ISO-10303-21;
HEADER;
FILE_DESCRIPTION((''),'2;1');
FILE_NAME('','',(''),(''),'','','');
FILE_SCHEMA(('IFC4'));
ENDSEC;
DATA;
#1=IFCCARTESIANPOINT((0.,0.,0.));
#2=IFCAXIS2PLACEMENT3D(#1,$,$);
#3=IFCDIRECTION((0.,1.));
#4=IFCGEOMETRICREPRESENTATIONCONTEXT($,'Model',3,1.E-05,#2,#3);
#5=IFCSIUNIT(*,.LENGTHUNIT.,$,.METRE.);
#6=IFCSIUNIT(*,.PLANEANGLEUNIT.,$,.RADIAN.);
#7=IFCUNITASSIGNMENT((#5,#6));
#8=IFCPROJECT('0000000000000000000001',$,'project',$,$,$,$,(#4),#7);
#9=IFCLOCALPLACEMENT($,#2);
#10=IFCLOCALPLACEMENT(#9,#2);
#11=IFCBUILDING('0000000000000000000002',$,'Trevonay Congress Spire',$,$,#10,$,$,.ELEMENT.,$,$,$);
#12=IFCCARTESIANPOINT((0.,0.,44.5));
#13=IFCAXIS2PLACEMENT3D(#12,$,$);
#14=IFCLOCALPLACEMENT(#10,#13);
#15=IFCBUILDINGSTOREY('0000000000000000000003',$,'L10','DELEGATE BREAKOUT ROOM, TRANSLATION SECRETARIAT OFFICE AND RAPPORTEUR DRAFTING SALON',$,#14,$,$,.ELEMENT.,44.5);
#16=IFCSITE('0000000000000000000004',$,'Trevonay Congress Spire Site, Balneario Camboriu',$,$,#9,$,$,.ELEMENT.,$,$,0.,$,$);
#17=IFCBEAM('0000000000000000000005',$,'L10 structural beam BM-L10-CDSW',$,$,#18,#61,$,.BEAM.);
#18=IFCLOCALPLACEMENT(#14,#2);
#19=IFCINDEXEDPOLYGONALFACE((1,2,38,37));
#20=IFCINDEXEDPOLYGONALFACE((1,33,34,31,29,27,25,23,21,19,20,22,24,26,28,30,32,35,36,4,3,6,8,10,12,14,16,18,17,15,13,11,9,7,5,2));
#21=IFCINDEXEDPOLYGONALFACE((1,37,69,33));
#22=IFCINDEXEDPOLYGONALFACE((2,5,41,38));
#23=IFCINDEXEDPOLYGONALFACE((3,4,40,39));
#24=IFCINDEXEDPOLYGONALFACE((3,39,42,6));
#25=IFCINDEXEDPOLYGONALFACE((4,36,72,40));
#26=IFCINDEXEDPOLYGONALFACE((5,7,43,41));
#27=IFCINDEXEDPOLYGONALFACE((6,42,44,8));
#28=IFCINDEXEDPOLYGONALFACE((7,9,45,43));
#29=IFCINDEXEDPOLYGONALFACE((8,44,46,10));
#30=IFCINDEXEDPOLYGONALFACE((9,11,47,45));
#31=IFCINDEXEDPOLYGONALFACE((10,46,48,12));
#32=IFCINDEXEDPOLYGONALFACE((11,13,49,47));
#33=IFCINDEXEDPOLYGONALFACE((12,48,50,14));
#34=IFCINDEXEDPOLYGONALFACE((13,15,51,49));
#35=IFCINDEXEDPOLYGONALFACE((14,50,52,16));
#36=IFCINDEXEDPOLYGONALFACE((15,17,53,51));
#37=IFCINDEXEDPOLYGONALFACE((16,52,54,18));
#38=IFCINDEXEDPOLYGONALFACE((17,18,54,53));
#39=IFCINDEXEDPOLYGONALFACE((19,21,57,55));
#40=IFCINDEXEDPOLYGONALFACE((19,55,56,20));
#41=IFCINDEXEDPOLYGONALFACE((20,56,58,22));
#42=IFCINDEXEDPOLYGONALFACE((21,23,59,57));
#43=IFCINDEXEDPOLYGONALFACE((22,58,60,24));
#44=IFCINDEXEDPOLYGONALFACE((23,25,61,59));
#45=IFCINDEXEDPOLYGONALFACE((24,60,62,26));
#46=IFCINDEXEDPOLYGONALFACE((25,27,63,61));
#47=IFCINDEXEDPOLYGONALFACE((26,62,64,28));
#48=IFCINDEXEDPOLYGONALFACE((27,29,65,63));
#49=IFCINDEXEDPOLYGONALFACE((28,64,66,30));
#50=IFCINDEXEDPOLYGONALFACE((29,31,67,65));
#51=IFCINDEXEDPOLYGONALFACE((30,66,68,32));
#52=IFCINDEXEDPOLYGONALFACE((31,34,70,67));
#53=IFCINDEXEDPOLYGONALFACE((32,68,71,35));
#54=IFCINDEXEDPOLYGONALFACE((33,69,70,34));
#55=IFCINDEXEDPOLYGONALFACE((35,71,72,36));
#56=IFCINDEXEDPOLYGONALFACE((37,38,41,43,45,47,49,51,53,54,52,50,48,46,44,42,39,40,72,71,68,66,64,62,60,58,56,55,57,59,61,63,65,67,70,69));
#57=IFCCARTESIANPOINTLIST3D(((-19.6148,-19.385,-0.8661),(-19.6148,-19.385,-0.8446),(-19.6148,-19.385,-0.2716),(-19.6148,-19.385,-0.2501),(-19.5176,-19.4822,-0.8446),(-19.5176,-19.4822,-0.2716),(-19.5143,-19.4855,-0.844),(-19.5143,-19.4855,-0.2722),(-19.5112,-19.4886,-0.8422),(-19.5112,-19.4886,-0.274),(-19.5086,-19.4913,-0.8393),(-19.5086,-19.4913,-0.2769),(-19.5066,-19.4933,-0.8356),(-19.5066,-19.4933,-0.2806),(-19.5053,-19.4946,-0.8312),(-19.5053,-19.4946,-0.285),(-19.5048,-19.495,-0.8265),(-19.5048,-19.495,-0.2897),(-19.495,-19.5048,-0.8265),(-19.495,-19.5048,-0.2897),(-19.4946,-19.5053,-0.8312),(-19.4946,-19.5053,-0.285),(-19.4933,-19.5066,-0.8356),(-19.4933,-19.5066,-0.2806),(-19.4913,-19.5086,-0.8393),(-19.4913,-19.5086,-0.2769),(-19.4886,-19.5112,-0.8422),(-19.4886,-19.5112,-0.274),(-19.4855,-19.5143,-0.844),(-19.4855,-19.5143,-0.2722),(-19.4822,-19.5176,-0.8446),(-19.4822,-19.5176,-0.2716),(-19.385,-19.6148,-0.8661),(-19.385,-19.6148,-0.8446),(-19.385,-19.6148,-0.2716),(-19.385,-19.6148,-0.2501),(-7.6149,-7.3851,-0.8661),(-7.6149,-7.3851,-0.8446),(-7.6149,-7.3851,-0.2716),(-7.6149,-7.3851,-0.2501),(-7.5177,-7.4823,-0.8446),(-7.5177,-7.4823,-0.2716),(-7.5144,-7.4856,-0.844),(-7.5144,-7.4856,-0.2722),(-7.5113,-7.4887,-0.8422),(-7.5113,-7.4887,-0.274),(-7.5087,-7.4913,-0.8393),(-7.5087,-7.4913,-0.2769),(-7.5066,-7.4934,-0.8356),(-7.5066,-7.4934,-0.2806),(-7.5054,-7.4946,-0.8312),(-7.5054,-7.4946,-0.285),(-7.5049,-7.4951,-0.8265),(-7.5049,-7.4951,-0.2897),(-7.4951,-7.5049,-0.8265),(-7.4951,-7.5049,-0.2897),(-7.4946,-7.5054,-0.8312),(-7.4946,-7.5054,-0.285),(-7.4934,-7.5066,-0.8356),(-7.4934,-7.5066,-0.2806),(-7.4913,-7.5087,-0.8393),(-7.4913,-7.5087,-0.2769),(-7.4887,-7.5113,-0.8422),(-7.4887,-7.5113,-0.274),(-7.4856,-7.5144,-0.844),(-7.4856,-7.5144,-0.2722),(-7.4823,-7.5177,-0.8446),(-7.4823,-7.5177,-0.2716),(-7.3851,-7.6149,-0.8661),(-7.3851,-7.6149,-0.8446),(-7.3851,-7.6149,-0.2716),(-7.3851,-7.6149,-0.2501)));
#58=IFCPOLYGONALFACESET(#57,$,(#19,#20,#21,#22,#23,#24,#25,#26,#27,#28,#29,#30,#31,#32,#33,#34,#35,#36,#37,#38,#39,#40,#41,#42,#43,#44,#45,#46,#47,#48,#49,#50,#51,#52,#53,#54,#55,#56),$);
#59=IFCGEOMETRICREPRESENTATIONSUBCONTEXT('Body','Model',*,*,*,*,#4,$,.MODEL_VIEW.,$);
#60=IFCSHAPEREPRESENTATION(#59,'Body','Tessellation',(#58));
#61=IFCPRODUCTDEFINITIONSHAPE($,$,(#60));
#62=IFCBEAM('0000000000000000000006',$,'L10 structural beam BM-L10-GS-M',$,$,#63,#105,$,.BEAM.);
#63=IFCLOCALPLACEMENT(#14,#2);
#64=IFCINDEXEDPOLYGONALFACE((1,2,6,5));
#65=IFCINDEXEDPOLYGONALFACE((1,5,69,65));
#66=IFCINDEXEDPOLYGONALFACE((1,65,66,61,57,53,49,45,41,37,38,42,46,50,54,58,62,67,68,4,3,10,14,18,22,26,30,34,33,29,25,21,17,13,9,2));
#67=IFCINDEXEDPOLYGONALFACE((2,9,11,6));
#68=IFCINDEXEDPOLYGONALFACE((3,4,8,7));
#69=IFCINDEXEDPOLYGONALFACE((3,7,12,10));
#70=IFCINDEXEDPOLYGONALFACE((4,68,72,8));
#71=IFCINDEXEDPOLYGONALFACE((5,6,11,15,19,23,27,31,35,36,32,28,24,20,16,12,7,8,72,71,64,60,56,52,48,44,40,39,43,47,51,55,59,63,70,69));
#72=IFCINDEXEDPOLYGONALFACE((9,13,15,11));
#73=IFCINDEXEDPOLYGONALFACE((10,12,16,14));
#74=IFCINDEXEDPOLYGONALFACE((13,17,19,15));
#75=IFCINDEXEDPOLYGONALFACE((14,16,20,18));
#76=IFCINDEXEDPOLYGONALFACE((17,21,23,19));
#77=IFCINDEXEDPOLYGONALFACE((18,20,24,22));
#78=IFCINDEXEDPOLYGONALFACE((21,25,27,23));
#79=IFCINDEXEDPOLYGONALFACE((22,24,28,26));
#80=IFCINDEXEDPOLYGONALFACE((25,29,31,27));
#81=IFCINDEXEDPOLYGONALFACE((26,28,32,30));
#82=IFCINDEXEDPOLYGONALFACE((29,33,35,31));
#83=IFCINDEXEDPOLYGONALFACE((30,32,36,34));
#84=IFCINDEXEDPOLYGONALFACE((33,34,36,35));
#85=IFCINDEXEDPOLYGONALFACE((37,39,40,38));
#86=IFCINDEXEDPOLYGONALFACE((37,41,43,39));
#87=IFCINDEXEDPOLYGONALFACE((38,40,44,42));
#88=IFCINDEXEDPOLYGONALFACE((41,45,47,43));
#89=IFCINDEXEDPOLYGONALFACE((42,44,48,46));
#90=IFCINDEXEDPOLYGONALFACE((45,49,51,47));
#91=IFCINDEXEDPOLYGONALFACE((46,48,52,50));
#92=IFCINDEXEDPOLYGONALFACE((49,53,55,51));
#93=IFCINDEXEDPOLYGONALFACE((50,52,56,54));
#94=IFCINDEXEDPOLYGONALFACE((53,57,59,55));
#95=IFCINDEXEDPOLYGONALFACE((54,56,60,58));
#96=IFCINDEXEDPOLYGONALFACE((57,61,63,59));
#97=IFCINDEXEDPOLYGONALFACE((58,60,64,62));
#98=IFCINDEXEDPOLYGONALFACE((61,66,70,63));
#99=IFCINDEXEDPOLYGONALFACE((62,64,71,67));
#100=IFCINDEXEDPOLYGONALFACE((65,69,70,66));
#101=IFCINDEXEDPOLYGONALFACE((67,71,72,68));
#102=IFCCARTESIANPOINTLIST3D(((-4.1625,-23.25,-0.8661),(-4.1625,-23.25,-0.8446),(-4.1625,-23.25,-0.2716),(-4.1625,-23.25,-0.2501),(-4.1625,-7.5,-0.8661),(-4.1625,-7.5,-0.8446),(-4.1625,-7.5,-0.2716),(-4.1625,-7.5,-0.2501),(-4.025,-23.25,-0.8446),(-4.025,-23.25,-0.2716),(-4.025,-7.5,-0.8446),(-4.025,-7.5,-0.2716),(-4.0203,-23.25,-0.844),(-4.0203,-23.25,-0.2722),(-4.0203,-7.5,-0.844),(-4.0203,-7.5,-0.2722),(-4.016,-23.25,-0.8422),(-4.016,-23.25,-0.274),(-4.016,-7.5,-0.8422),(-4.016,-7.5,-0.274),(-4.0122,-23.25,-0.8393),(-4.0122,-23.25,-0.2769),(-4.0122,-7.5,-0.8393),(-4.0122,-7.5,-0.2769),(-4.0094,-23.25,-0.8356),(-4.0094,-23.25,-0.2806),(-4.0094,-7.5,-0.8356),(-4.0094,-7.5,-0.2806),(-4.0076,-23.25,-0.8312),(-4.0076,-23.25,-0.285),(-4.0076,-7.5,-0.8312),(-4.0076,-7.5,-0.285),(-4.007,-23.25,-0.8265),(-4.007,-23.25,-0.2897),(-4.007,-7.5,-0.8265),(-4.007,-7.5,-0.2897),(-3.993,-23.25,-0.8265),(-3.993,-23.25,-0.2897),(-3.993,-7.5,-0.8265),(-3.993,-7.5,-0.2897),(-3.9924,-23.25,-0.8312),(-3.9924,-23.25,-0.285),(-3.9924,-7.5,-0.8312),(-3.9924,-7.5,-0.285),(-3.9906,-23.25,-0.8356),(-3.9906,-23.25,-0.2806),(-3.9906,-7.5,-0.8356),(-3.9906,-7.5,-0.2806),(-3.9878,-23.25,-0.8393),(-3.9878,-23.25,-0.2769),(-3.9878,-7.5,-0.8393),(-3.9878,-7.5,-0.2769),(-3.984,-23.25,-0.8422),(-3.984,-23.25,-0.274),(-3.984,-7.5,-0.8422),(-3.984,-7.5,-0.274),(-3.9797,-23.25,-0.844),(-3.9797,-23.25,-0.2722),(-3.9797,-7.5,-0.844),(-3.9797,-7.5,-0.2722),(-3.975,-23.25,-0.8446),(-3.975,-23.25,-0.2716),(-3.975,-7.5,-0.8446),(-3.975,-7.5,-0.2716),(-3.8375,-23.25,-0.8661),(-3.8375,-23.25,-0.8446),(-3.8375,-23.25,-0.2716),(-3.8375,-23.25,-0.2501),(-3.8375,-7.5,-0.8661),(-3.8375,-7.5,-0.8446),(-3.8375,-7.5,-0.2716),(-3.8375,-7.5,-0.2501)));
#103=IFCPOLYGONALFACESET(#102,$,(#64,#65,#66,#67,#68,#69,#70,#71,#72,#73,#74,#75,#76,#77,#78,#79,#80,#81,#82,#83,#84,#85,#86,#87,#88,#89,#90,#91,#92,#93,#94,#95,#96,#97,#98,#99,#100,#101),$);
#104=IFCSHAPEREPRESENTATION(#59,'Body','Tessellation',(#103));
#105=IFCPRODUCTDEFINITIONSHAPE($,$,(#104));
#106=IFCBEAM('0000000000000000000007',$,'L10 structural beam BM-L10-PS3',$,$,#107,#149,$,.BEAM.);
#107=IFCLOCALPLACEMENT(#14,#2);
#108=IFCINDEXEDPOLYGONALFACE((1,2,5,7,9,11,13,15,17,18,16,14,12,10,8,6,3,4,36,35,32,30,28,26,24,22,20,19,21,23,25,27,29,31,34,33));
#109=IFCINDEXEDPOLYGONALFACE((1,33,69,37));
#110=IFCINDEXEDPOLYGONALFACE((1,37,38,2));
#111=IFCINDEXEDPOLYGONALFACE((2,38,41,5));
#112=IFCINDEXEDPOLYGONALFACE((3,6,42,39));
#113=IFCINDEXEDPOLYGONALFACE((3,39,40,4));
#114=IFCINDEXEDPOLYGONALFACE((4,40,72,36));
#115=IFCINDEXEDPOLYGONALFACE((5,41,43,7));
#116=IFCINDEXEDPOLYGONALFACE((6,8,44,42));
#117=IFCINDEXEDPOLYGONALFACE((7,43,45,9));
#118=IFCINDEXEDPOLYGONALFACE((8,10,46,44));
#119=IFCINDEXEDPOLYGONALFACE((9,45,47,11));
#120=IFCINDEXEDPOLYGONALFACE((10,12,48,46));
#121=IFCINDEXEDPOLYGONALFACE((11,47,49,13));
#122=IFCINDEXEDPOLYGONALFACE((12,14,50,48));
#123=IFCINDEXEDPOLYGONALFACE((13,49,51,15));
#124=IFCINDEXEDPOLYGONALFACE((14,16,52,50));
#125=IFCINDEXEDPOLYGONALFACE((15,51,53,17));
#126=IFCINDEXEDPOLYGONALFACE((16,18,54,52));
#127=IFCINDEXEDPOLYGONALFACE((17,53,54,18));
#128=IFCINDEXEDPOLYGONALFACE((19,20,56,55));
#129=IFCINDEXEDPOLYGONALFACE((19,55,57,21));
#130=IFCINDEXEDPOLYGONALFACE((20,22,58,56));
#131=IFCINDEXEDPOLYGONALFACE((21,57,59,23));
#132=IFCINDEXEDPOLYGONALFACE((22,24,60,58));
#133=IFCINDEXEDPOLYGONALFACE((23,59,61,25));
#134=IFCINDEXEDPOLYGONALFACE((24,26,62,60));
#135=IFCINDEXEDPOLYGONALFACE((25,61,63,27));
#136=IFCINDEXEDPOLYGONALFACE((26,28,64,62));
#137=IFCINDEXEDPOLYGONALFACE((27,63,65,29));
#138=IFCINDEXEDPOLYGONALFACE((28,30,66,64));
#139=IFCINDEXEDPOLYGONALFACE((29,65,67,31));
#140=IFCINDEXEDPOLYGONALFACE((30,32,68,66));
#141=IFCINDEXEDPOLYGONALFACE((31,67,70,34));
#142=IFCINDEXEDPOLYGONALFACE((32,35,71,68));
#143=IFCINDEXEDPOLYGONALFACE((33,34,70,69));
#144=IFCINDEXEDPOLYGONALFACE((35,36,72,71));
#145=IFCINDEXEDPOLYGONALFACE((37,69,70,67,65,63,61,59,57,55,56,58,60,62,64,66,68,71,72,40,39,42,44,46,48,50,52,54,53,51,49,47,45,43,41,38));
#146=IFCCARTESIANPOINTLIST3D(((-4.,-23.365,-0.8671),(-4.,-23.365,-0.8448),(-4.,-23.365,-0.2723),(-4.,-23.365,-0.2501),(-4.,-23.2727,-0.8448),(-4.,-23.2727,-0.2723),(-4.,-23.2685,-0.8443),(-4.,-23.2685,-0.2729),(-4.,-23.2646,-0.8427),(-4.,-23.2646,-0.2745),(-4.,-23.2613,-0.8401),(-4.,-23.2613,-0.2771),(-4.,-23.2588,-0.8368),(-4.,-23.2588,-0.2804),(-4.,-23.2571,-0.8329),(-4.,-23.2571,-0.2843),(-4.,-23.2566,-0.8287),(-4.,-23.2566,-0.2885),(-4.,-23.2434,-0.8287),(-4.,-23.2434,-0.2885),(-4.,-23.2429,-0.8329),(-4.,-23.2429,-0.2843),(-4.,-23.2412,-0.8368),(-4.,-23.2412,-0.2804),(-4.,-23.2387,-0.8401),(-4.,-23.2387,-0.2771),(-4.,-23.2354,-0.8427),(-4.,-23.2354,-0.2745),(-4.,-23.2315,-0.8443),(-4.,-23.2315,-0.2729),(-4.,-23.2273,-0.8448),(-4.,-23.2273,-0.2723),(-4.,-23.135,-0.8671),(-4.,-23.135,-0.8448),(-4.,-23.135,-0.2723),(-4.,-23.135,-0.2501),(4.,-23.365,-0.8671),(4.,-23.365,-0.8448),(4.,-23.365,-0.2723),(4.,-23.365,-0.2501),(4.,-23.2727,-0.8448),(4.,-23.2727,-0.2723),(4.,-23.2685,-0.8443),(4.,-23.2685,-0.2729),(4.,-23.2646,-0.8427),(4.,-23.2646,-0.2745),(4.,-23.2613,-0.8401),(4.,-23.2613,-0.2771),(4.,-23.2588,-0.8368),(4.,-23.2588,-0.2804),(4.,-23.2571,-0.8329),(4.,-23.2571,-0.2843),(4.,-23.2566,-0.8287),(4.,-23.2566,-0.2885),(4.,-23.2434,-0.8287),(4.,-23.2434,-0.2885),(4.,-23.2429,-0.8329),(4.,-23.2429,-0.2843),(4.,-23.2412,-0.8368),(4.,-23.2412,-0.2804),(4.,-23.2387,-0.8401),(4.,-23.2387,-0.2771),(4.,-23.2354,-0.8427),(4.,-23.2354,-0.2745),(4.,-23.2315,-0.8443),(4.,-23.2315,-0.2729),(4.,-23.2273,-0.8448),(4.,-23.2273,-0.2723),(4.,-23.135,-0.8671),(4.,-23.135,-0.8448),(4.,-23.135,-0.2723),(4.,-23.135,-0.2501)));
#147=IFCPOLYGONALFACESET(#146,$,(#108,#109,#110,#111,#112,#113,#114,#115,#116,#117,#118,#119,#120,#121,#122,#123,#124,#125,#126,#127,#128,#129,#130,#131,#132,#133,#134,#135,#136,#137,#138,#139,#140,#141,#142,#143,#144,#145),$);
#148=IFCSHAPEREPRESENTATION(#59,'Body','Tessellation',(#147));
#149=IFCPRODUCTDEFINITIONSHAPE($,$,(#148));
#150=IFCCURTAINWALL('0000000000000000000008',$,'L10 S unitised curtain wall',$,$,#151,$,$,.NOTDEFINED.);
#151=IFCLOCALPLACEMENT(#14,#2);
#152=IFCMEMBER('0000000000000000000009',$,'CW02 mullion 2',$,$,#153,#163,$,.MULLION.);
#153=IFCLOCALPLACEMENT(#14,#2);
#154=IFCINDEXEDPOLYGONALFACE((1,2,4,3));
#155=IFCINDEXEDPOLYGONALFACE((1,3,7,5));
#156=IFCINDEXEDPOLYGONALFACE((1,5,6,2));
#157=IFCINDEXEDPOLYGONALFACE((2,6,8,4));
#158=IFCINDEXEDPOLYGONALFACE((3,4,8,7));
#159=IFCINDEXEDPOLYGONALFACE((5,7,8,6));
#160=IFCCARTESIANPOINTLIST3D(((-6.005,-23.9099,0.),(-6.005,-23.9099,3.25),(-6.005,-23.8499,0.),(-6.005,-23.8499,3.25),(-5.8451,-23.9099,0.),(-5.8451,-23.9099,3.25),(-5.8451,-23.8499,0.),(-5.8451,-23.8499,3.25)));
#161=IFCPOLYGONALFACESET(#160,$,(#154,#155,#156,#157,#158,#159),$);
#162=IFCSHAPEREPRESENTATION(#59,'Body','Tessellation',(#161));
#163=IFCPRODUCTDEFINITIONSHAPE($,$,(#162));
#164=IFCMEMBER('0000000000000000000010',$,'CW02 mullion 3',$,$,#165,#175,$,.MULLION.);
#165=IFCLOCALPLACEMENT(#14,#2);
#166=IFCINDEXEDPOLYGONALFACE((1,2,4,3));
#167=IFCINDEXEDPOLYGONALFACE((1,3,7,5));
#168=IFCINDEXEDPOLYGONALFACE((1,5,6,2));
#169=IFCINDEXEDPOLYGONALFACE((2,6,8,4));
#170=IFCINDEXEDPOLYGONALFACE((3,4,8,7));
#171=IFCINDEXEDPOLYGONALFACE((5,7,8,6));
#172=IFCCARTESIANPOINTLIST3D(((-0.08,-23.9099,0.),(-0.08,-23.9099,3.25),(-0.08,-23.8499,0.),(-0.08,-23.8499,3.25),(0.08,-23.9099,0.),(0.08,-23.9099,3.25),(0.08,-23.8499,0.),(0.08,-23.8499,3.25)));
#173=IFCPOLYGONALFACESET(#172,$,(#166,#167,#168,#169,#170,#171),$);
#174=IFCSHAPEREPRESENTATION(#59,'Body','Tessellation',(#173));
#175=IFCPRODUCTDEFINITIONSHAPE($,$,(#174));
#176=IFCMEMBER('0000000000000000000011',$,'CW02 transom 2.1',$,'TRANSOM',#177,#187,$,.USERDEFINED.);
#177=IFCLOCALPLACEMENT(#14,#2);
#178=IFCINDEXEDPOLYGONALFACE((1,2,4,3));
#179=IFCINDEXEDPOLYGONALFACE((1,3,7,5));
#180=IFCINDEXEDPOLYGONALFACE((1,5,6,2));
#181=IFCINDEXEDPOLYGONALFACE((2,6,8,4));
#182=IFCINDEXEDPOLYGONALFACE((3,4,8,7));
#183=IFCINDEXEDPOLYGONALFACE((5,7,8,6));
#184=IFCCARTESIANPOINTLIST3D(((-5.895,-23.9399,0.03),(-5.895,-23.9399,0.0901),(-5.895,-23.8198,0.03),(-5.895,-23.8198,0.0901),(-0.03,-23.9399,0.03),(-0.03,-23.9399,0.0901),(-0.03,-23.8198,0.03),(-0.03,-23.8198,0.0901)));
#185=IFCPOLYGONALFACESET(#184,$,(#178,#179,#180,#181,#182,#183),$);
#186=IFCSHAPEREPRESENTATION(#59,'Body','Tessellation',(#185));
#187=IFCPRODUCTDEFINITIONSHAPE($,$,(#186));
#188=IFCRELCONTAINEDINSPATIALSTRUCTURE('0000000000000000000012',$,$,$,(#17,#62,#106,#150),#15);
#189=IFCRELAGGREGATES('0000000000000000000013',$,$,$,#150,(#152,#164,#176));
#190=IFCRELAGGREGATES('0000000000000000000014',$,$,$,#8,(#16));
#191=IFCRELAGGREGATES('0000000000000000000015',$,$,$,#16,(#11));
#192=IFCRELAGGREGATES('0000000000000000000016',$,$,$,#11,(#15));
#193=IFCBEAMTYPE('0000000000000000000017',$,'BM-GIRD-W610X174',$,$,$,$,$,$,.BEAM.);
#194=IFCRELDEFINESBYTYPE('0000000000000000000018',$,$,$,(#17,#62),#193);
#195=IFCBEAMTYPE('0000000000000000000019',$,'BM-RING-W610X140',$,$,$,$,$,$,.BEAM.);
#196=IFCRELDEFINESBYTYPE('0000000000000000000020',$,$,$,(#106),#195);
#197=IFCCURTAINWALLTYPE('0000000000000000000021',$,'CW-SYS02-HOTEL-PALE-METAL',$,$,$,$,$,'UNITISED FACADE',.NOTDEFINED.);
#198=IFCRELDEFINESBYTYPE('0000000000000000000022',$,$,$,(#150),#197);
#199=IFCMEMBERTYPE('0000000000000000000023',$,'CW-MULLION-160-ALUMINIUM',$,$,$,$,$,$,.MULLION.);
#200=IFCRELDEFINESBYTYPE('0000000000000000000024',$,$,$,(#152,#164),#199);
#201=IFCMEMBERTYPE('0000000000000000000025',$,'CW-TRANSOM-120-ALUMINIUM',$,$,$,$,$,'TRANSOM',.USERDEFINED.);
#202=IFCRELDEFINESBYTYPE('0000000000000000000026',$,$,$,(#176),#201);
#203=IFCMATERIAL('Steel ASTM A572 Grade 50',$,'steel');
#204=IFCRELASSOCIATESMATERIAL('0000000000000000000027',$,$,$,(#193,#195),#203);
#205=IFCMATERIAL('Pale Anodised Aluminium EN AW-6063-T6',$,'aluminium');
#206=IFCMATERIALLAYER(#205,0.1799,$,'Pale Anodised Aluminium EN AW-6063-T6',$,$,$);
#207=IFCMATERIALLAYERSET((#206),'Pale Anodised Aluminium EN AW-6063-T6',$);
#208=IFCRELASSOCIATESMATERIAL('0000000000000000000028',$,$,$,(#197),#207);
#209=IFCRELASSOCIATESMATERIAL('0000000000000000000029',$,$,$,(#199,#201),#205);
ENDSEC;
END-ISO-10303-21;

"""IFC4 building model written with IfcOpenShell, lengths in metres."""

from ifc_helpers import new_model, si_unit, direction, frame, origin, origin_2d, place, context, subcontext, project, spatial, rectangle, i_section, extrude, material, layer, layer_set, material_profile, profile_set, type_object, element, aggregate, save


model = new_model("IFC4")

# Units and contexts
model_context = context("Model", 3, precision=1e-05, world=origin(), true_north=direction((0.0, 1.0)))
body_context = subcontext(model_context, "Body", "Model", "MODEL_VIEW")
ifc_project = project(units=[si_unit("LENGTHUNIT", "METRE"), si_unit("PLANEANGLEUNIT", "RADIAN")], contexts=[model_context])

# Site, building, storey
site_placement = place(None, origin())
site = spatial("IfcSite", under=ifc_project, at=site_placement, Name="Trevonay Congress Spire Site, Balneario Camboriu", CompositionType="ELEMENT", RefElevation=0.0)
building_placement = place(site_placement, origin())
building = spatial("IfcBuilding", under=site, at=building_placement, Name="Trevonay Congress Spire", CompositionType="ELEMENT")
storey_placement = place(building_placement, frame((0.0, 0.0, 44.5)))
storey = spatial("IfcBuildingStorey", under=building, at=storey_placement, Name="L10", Description="DELEGATE BREAKOUT ROOM, TRANSLATION SECRETARIAT OFFICE AND RAPPORTEUR DRAFTING SALON", CompositionType="ELEMENT", Elevation=44.5)

# Shared definitions
ifc_material_1 = material(Name="Steel ASTM A572 Grade 50", Category="steel")

# Beams
ifc_material_profile_1 = material_profile(ifc_material_1, i_section(OverallWidth=0.325, OverallDepth=0.616, WebThickness=0.0139, FlangeThickness=0.0215, FilletRadius=0.0181, at=origin_2d()), Name="W610x174")
ifc_profile_set_1 = profile_set([ifc_material_profile_1], Name="Steel ASTM A572 Grade 50")
beam_type_1 = type_object("IfcBeamType", Name="BM-GIRD-W610X174", PredefinedType="BEAM", material=ifc_profile_set_1)
beam_1_placement = place(storey_placement, frame((-7.5, -7.5, -0.5581), z_axis=(-0.707107, -0.707107, 0.0), x_axis=(0.707107, -0.707107, 0.0)))
element("IfcBeam", 1, at=beam_1_placement, inside=storey, type_object=beam_type_1, Name="L10 structural beam BM-L10-CDSW", PredefinedType="BEAM", context=body_context, shape_type="SweptSolid", body=[
    extrude(i_section(OverallWidth=0.325, OverallDepth=0.616, WebThickness=0.0139, FlangeThickness=0.0215, FilletRadius=0.0181, at=origin_2d()), origin(), (0.0, 0.0, 1.0), 16.9705),
])
beam_2_placement = place(storey_placement, frame((-4.0, -7.5, -0.5581), z_axis=(0.0, -1.0, 0.0), x_axis=(1.0, 0.0, 0.0)))
element("IfcBeam", 2, at=beam_2_placement, inside=storey, type_object=beam_type_1, Name="L10 structural beam BM-L10-GS-M", PredefinedType="BEAM", context=body_context, shape_type="SweptSolid", body=[
    extrude(i_section(OverallWidth=0.325, OverallDepth=0.616, WebThickness=0.0139, FlangeThickness=0.0215, FilletRadius=0.0181, at=origin_2d()), origin(), (0.0, 0.0, 1.0), 15.75),
])
ifc_material_profile_2 = material_profile(ifc_material_1, i_section(OverallWidth=0.23, OverallDepth=0.6169, WebThickness=0.0132, FlangeThickness=0.0222, FilletRadius=0.0161, at=origin_2d()), Name="W610x140")
ifc_profile_set_2 = profile_set([ifc_material_profile_2], Name="Steel ASTM A572 Grade 50")
beam_type_2 = type_object("IfcBeamType", Name="BM-RING-W610X140", PredefinedType="BEAM", material=ifc_profile_set_2)
beam_3_placement = place(storey_placement, frame((-4.0, -23.25, -0.5586), z_axis=(1.0, 0.0, 0.0), x_axis=(0.0, 1.0, 0.0)))
element("IfcBeam", 3, at=beam_3_placement, inside=storey, type_object=beam_type_2, Name="L10 structural beam BM-L10-PS3", PredefinedType="BEAM", context=body_context, shape_type="SweptSolid", body=[
    extrude(i_section(OverallWidth=0.23, OverallDepth=0.6169, WebThickness=0.0132, FlangeThickness=0.0222, FilletRadius=0.0161, at=origin_2d()), origin(), (0.0, 0.0, 1.0), 8.0),
])

# Curtain wall, members
ifc_material_2 = material(Name="Pale Anodised Aluminium EN AW-6063-T6", Category="aluminium")
ifc_layer_1 = layer(ifc_material_2, 0.1799, Name="Pale Anodised Aluminium EN AW-6063-T6")
ifc_layer_set_1 = layer_set([ifc_layer_1], Name="Pale Anodised Aluminium EN AW-6063-T6")
curtain_wall_type = type_object("IfcCurtainWallType", Name="CW-SYS02-HOTEL-PALE-METAL", ElementType="UNITISED FACADE", PredefinedType="NOTDEFINED", material=ifc_layer_set_1)
curtain_wall_placement = place(storey_placement, origin())
curtain_wall = element("IfcCurtainWall", 4, at=curtain_wall_placement, inside=storey, type_object=curtain_wall_type, Name="L10 S unitised curtain wall", PredefinedType="NOTDEFINED")
ifc_material_profile_3 = material_profile(ifc_material_2, rectangle(XDim=0.0601, YDim=0.1599, at=origin_2d()), Name="CW-MULLION-160-ALUMINIUM")
ifc_profile_set_3 = profile_set([ifc_material_profile_3], Name="Pale Anodised Aluminium EN AW-6063-T6")
member_type_1 = type_object("IfcMemberType", Name="CW-MULLION-160-ALUMINIUM", PredefinedType="MULLION", material=ifc_profile_set_3)
member_1_placement = place(storey_placement, frame((-5.925, -23.8799, 0.0), z_axis=(0.0, 0.0, 1.0), x_axis=(0.0, 1.0, 0.0)))
member_1 = element("IfcMember", 5, at=member_1_placement, type_object=member_type_1, Name="CW02 mullion 2", PredefinedType="MULLION", context=body_context, shape_type="SweptSolid", body=[
    extrude(rectangle(XDim=0.0601, YDim=0.1599, at=origin_2d()), origin(), (0.0, 0.0, 1.0), 3.25),
])
member_2_placement = place(storey_placement, frame((0.0, -23.8799, 0.0), z_axis=(0.0, 0.0, 1.0), x_axis=(0.0, 1.0, 0.0)))
member_2 = element("IfcMember", 6, at=member_2_placement, type_object=member_type_1, Name="CW02 mullion 3", PredefinedType="MULLION", context=body_context, shape_type="SweptSolid", body=[
    extrude(rectangle(XDim=0.0601, YDim=0.1599, at=origin_2d()), origin(), (0.0, 0.0, 1.0), 3.25),
])
ifc_material_profile_4 = material_profile(ifc_material_2, rectangle(XDim=0.1201, YDim=0.0601, at=origin_2d()), Name="CW-TRANSOM-120-ALUMINIUM")
ifc_profile_set_4 = profile_set([ifc_material_profile_4], Name="Pale Anodised Aluminium EN AW-6063-T6")
member_type_2 = type_object("IfcMemberType", Name="CW-TRANSOM-120-ALUMINIUM", ElementType="TRANSOM", PredefinedType="USERDEFINED", material=ifc_profile_set_4)
member_3_placement = place(storey_placement, frame((-5.895, -23.8799, 0.0601), z_axis=(1.0, 0.0, 0.0), x_axis=(0.0, 1.0, 0.0)))
member_3 = element("IfcMember", 7, at=member_3_placement, type_object=member_type_2, Name="CW02 transom 2.1", ObjectType="TRANSOM", PredefinedType="USERDEFINED", context=body_context, shape_type="SweptSolid", body=[
    extrude(rectangle(XDim=0.1201, YDim=0.0601, at=origin_2d()), origin(), (0.0, 0.0, 1.0), 5.865),
])

aggregate(curtain_wall, [member_1, member_2, member_3])

save(model, "model.ifc")
